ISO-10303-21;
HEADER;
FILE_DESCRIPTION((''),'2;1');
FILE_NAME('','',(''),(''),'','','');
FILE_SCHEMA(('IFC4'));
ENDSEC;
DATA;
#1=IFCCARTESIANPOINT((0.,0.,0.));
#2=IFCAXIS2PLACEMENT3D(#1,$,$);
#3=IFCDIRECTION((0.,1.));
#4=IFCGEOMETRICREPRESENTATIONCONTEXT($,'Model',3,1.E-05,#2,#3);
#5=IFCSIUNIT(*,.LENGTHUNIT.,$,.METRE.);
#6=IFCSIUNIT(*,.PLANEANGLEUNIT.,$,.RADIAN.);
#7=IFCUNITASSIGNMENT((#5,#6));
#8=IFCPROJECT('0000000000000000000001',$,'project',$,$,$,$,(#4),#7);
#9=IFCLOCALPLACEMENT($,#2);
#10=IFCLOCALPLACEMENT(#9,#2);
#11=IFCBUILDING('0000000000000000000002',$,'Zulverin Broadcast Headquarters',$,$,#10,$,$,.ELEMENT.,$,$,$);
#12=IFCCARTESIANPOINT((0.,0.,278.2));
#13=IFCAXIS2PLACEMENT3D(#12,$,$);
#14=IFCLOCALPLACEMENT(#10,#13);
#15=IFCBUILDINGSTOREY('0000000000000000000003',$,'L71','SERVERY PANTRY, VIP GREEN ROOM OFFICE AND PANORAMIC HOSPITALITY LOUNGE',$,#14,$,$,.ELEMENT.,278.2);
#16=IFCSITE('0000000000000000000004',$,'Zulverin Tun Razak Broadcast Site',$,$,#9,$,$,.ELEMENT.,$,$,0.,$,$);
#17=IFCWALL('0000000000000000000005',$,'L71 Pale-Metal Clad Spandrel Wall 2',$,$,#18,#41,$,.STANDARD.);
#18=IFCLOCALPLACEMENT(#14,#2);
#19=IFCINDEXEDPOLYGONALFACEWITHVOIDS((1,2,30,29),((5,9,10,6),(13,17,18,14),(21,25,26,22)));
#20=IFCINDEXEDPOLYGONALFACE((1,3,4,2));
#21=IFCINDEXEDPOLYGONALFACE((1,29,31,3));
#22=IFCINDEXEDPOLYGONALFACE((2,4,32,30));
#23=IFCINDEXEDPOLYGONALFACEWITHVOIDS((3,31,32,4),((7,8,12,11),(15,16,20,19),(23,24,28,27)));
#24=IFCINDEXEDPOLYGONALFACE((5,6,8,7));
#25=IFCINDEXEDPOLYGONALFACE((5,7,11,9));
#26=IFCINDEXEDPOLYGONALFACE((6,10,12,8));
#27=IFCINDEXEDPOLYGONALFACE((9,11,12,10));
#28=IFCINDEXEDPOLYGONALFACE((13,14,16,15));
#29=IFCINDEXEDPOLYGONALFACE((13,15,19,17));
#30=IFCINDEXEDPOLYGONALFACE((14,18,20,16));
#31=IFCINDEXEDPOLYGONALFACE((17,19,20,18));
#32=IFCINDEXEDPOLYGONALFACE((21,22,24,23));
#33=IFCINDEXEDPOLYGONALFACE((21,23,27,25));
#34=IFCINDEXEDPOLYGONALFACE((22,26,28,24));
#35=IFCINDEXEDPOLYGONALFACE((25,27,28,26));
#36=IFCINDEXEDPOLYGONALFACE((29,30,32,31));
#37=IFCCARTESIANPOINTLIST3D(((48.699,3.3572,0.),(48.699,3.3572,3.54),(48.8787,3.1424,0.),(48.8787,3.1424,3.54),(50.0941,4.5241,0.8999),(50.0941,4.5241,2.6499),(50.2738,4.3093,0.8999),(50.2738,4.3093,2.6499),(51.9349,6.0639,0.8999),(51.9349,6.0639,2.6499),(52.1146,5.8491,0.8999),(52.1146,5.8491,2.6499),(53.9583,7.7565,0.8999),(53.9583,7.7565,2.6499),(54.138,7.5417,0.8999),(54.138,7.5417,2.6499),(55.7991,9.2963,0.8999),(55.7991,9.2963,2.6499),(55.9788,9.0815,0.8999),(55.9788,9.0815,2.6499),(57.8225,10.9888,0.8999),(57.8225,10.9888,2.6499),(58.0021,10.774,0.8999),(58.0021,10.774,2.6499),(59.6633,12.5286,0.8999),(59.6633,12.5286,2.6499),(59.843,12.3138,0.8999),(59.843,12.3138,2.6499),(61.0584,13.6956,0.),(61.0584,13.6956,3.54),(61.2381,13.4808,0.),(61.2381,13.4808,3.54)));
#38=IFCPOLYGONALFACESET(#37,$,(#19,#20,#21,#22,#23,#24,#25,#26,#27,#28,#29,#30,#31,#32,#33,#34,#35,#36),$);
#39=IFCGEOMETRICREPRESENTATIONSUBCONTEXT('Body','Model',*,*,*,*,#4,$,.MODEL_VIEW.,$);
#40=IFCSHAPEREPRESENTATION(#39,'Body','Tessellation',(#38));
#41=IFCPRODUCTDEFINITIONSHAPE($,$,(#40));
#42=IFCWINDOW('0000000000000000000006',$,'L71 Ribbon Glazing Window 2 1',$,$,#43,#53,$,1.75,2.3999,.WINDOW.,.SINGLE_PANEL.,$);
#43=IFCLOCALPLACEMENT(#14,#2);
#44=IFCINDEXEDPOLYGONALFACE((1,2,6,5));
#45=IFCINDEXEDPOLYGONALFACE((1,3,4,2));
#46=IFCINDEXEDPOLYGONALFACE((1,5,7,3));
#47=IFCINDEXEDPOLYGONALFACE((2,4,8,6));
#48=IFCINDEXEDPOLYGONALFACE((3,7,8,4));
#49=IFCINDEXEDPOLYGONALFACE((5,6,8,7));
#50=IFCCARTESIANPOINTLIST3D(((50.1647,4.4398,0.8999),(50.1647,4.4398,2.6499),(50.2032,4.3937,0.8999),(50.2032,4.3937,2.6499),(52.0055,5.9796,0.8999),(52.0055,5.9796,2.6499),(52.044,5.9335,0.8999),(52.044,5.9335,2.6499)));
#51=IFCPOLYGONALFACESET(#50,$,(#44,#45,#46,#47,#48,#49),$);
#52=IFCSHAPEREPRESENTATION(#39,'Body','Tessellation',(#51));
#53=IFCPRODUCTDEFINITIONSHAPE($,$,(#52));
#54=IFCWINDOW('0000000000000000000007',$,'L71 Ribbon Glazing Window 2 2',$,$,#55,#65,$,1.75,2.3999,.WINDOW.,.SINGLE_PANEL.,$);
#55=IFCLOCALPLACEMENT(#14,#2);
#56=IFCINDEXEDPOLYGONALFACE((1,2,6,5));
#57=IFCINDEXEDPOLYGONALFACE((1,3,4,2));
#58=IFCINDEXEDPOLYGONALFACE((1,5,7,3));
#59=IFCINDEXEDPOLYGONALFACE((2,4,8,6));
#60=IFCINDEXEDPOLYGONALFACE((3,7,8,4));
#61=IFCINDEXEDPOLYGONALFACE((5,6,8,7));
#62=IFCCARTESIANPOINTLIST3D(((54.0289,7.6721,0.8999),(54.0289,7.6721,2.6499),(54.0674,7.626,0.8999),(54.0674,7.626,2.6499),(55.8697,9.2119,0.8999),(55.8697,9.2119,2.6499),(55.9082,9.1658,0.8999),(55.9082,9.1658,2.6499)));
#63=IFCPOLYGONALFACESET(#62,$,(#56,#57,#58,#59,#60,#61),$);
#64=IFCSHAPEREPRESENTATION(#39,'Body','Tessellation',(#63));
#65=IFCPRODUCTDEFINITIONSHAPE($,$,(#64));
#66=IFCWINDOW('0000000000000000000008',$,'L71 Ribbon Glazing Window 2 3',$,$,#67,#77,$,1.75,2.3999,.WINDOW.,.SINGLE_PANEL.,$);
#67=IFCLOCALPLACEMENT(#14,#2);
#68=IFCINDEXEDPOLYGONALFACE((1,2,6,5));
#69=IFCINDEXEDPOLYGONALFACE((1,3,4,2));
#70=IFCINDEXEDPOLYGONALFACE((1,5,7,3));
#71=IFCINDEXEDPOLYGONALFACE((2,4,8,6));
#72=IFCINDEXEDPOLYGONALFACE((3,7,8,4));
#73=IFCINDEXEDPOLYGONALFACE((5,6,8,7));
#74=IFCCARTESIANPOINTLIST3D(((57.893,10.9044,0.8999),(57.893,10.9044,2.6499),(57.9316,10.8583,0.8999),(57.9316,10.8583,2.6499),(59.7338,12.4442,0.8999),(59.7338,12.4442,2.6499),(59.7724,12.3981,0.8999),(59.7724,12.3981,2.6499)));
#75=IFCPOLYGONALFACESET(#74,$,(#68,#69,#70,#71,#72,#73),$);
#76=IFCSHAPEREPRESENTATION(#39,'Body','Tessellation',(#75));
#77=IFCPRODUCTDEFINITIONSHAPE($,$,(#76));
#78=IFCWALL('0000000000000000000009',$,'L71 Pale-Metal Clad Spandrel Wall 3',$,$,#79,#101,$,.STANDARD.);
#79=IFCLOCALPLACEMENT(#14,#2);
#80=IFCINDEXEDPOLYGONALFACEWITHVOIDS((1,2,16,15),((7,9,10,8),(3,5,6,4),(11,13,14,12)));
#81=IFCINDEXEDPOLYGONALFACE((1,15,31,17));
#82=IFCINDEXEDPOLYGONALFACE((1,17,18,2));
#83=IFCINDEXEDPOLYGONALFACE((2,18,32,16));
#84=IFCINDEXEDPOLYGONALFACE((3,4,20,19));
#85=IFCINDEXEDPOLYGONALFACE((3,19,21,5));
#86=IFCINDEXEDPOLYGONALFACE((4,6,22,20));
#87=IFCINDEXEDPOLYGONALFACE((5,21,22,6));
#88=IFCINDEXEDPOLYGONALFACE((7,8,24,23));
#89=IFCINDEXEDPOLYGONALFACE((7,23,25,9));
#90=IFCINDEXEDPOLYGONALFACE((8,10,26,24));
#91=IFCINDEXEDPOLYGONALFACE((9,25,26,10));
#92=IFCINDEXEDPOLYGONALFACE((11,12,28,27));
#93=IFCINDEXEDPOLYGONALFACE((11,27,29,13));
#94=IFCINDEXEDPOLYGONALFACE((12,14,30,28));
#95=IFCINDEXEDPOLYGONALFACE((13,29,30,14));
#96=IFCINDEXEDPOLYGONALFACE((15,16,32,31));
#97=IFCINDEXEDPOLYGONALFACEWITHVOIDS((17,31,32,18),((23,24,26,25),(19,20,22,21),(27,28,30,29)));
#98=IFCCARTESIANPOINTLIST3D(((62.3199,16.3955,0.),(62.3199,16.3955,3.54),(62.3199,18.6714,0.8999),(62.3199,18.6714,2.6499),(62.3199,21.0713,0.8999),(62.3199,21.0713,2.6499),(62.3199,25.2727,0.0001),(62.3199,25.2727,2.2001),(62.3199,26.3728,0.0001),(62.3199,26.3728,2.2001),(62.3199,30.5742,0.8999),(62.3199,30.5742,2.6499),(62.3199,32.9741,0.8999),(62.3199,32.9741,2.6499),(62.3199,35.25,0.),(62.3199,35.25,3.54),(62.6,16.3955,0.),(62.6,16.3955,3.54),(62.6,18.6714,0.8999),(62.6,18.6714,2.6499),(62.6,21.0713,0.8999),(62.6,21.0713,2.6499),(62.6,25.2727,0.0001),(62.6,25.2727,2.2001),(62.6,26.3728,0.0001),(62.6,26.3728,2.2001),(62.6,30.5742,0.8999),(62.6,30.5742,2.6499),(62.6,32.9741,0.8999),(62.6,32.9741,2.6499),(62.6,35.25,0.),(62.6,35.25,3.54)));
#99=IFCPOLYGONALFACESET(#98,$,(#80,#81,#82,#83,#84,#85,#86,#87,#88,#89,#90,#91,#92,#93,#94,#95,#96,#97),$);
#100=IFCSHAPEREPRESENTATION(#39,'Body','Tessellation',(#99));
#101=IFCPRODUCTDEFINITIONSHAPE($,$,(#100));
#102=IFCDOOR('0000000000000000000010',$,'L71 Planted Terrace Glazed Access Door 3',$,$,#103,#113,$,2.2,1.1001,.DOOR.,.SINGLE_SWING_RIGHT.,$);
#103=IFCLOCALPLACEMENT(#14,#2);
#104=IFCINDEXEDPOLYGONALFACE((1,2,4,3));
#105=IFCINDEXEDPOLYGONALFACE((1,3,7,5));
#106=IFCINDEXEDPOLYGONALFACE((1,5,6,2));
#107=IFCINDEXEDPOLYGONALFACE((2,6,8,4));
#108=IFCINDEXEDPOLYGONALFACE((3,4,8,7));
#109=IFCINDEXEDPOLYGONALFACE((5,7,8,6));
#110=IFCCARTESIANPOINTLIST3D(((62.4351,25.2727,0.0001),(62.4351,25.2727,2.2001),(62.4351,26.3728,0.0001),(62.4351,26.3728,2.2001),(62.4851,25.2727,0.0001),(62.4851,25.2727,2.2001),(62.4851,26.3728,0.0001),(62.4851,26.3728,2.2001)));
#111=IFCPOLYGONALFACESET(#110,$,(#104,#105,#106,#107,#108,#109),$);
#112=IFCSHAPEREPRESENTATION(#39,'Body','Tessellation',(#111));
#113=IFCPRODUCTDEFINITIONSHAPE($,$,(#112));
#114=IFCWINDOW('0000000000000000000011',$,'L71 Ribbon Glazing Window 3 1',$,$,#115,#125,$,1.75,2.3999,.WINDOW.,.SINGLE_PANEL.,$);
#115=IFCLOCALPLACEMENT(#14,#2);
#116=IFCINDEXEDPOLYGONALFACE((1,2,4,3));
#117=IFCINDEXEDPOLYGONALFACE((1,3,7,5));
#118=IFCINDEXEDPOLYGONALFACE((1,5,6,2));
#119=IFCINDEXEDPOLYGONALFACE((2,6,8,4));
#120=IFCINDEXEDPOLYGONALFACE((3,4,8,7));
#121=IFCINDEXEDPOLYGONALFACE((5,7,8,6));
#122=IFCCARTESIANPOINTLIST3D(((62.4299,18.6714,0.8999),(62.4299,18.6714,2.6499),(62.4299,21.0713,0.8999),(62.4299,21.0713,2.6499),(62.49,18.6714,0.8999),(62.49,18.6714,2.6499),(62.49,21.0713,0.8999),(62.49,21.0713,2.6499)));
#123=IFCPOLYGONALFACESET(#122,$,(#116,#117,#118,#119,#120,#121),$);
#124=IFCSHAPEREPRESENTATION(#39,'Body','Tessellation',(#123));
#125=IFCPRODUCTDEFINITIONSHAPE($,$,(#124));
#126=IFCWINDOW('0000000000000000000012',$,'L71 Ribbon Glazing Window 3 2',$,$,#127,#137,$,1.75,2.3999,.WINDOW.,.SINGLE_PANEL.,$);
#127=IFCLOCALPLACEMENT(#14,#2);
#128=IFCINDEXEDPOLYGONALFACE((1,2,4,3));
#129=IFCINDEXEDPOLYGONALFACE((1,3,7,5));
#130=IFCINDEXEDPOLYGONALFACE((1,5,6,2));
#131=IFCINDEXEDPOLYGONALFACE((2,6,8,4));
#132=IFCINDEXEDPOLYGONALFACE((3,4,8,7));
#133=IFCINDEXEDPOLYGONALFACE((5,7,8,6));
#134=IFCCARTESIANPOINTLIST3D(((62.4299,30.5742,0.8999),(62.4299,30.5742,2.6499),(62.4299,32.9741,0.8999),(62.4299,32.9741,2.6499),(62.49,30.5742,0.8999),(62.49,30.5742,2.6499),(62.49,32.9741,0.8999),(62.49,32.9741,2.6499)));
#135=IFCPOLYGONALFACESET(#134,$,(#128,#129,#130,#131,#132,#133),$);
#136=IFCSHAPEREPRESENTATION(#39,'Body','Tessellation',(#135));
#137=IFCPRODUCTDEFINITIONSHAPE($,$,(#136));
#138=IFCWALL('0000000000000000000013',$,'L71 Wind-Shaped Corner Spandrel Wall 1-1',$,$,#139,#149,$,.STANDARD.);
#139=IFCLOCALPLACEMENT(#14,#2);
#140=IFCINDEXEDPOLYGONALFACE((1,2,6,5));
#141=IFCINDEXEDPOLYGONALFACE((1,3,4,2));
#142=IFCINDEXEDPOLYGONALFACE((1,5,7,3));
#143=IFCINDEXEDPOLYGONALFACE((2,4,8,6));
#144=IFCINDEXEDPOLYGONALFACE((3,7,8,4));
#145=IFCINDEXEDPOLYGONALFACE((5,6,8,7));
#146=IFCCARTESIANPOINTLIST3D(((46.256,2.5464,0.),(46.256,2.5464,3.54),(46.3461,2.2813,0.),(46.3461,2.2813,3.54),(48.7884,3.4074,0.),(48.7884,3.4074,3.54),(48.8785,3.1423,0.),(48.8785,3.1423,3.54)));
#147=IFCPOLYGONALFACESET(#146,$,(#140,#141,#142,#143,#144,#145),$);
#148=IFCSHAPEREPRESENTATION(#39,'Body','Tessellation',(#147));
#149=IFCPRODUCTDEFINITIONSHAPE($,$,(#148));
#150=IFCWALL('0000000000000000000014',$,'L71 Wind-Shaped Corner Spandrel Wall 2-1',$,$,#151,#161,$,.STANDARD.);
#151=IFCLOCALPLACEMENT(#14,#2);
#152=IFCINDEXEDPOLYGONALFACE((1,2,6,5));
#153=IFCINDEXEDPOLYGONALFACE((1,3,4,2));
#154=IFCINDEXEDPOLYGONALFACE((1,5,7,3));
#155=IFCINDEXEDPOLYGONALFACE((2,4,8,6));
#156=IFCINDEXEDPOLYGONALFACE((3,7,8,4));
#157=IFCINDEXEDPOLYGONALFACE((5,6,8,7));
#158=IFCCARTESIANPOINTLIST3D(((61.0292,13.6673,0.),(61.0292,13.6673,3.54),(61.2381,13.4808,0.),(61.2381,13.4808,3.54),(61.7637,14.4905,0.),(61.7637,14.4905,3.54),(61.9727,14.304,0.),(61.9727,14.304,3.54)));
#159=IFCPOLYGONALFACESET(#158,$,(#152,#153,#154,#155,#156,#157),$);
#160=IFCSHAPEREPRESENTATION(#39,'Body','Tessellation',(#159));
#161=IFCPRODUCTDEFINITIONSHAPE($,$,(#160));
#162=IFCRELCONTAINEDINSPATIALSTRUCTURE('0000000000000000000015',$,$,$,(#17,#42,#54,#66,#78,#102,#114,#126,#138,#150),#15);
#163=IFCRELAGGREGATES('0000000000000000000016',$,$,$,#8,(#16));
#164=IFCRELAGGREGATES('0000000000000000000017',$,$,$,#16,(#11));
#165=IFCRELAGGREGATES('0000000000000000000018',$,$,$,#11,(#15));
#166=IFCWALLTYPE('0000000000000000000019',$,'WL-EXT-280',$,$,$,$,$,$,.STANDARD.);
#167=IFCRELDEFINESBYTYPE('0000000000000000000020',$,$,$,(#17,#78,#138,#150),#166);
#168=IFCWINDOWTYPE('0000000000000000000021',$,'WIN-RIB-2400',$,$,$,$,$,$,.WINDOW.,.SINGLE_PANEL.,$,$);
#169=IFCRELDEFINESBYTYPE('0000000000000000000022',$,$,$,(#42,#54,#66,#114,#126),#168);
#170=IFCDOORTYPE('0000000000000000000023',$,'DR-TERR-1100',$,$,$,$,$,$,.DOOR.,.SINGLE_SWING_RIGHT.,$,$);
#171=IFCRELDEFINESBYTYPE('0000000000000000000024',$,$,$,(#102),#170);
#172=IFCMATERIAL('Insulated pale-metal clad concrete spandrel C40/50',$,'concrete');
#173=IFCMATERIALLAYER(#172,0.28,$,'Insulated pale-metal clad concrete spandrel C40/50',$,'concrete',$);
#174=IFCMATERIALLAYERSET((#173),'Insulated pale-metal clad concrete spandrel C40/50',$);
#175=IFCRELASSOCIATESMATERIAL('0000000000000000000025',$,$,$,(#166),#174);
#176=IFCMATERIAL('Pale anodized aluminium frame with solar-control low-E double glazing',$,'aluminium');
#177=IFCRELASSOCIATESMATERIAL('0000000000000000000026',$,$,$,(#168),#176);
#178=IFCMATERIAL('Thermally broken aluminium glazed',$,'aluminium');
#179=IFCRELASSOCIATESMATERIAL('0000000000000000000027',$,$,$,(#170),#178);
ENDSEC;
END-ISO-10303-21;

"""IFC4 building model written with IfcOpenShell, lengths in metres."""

from ifc_helpers import new_model, si_unit, direction, frame, frame_2d, origin, place, context, subcontext, project, spatial, rectangle, extrude, material, layer, layer_set, type_object, element, fill, save


model = new_model("IFC4")

# Units and contexts
model_context = context("Model", 3, precision=1e-05, world=origin(), true_north=direction((0.0, 1.0)))
body_context = subcontext(model_context, "Body", "Model", "MODEL_VIEW")
ifc_project = project(units=[si_unit("LENGTHUNIT", "METRE"), si_unit("PLANEANGLEUNIT", "RADIAN")], contexts=[model_context])

# Site, building, storey
site_placement = place(None, origin())
site = spatial("IfcSite", under=ifc_project, at=site_placement, Name="Zulverin Tun Razak Broadcast Site", CompositionType="ELEMENT", RefElevation=0.0)
building_placement = place(site_placement, origin())
building = spatial("IfcBuilding", under=site, at=building_placement, Name="Zulverin Broadcast Headquarters", CompositionType="ELEMENT")
storey_placement = place(building_placement, frame((0.0, 0.0, 278.2)))
storey = spatial("IfcBuildingStorey", under=building, at=storey_placement, Name="L71", Description="SERVERY PANTRY, VIP GREEN ROOM OFFICE AND PANORAMIC HOSPITALITY LOUNGE", CompositionType="ELEMENT", Elevation=278.2)

# Wall, openings, windows
ifc_material_1 = material(Name="Insulated pale-metal clad concrete spandrel C40/50", Category="concrete")
ifc_layer_1 = layer(ifc_material_1, 0.28, Name="Insulated pale-metal clad concrete spandrel C40/50", Category="concrete")
ifc_layer_set_1 = layer_set([ifc_layer_1], Name="Insulated pale-metal clad concrete spandrel C40/50")
wall_type_1 = type_object("IfcWallType", Name="WL-EXT-280", PredefinedType="STANDARD", material=ifc_layer_set_1)
wall_1_placement = place(storey_placement, frame((48.7888, 3.2498, 0.0), z_axis=(0.0, 0.0, 1.0), x_axis=(0.767033, 0.641608, 0.0)))
wall_1 = element("IfcWall", 1, at=wall_1_placement, inside=storey, type_object=wall_type_1, Name="L71 Pale-Metal Clad Spandrel Wall 2", PredefinedType="STANDARD", context=body_context, shape_type="SweptSolid", body=[
    extrude(rectangle(XDim=16.1133, YDim=0.28, at=frame_2d((8.0566, 0.0))), origin(), (0.0, 0.0, 1.0), 3.54),
])
opening_1_placement = place(wall_1_placement, frame((1.8188, 0.0, 0.8999)))
opening_1 = element("IfcOpeningElement", 2, at=opening_1_placement, cuts=wall_1, PredefinedType="OPENING", context=body_context, shape_type="SweptSolid", body=[
    extrude(rectangle(XDim=2.3999, YDim=1.75, at=frame_2d((1.2, 0.875))), frame((0.0, 0.1499, 0.0), z_axis=(0.0, -1.0, 0.0), x_axis=(1.0, 0.0, 0.0)), (0.0, 0.0, 1.0), 0.3),
])
opening_2_placement = place(wall_1_placement, frame((6.8567, 0.0, 0.8999)))
opening_2 = element("IfcOpeningElement", 3, at=opening_2_placement, cuts=wall_1, PredefinedType="OPENING", context=body_context, shape_type="SweptSolid", body=[
    extrude(rectangle(XDim=2.3999, YDim=1.75, at=frame_2d((1.2, 0.875))), frame((0.0, 0.1499, 0.0), z_axis=(0.0, -1.0, 0.0), x_axis=(1.0, 0.0, 0.0)), (0.0, 0.0, 1.0), 0.3),
])
opening_3_placement = place(wall_1_placement, frame((11.8945, 0.0, 0.8999)))
opening_3 = element("IfcOpeningElement", 4, at=opening_3_placement, cuts=wall_1, PredefinedType="OPENING", context=body_context, shape_type="SweptSolid", body=[
    extrude(rectangle(XDim=2.3999, YDim=1.75, at=frame_2d((1.2, 0.875))), frame((0.0, 0.1499, 0.0), z_axis=(0.0, -1.0, 0.0), x_axis=(1.0, 0.0, 0.0)), (0.0, 0.0, 1.0), 0.3),
])
ifc_material_2 = material(Name="Pale anodized aluminium frame with solar-control low-E double glazing", Category="aluminium")
window_type = type_object("IfcWindowType", Name="WIN-RIB-2400", PartitioningType="SINGLE_PANEL", PredefinedType="WINDOW", material=ifc_material_2)
window_1_placement = place(opening_1_placement, origin())
window_1 = element("IfcWindow", 5, at=window_1_placement, inside=storey, type_object=window_type, Name="L71 Ribbon Glazing Window 2 1", OverallHeight=1.75, OverallWidth=2.3999, PartitioningType="SINGLE_PANEL", PredefinedType="WINDOW", context=body_context, shape_type="SweptSolid", body=[
    extrude(rectangle(XDim=2.3999, YDim=1.75, at=frame_2d((1.2, 0.875))), frame((0.0, 0.03, 0.0), z_axis=(0.0, -1.0, 0.0), x_axis=(1.0, 0.0, 0.0)), (0.0, 0.0, 1.0), 0.0601),
])
fill(opening_1, window_1)
window_2_placement = place(opening_2_placement, origin())
window_2 = element("IfcWindow", 6, at=window_2_placement, inside=storey, type_object=window_type, Name="L71 Ribbon Glazing Window 2 2", OverallHeight=1.75, OverallWidth=2.3999, PartitioningType="SINGLE_PANEL", PredefinedType="WINDOW", context=body_context, shape_type="SweptSolid", body=[
    extrude(rectangle(XDim=2.3999, YDim=1.75, at=frame_2d((1.2, 0.875))), frame((0.0, 0.03, 0.0), z_axis=(0.0, -1.0, 0.0), x_axis=(1.0, 0.0, 0.0)), (0.0, 0.0, 1.0), 0.0601),
])
fill(opening_2, window_2)
window_3_placement = place(opening_3_placement, origin())
window_3 = element("IfcWindow", 7, at=window_3_placement, inside=storey, type_object=window_type, Name="L71 Ribbon Glazing Window 2 3", OverallHeight=1.75, OverallWidth=2.3999, PartitioningType="SINGLE_PANEL", PredefinedType="WINDOW", context=body_context, shape_type="SweptSolid", body=[
    extrude(rectangle(XDim=2.3999, YDim=1.75, at=frame_2d((1.2, 0.875))), frame((0.0, 0.03, 0.0), z_axis=(0.0, -1.0, 0.0), x_axis=(1.0, 0.0, 0.0)), (0.0, 0.0, 1.0), 0.0601),
])
fill(opening_3, window_3)

# Wall, openings, door, windows
wall_2_placement = place(storey_placement, frame((62.46, 16.3955, 0.0), z_axis=(0.0, 0.0, 1.0), x_axis=(0.0, 1.0, 0.0)))
wall_2 = element("IfcWall", 8, at=wall_2_placement, inside=storey, type_object=wall_type_1, Name="L71 Pale-Metal Clad Spandrel Wall 3", PredefinedType="STANDARD", context=body_context, shape_type="SweptSolid", body=[
    extrude(rectangle(XDim=18.8545, YDim=0.28, at=frame_2d((9.4272, 0.0))), origin(), (0.0, 0.0, 1.0), 3.54),
])
opening_4_placement = place(wall_2_placement, frame((8.8772, 0.0, 0.0)))
opening_4 = element("IfcOpeningElement", 9, at=opening_4_placement, cuts=wall_2, PredefinedType="OPENING", context=body_context, shape_type="SweptSolid", body=[
    extrude(rectangle(XDim=1.1001, YDim=2.2, at=frame_2d((0.55, 1.1001))), frame((0.0, 0.1499, 0.0), z_axis=(0.0, -1.0, 0.0), x_axis=(1.0, 0.0, 0.0)), (0.0, 0.0, 1.0), 0.3),
])
opening_5_placement = place(wall_2_placement, frame((2.2759, 0.0, 0.8999)))
opening_5 = element("IfcOpeningElement", 10, at=opening_5_placement, cuts=wall_2, PredefinedType="OPENING", context=body_context, shape_type="SweptSolid", body=[
    extrude(rectangle(XDim=2.3999, YDim=1.75, at=frame_2d((1.2, 0.875))), frame((0.0, 0.1499, 0.0), z_axis=(0.0, -1.0, 0.0), x_axis=(1.0, 0.0, 0.0)), (0.0, 0.0, 1.0), 0.3),
])
opening_6_placement = place(wall_2_placement, frame((14.1787, 0.0, 0.8999)))
opening_6 = element("IfcOpeningElement", 11, at=opening_6_placement, cuts=wall_2, PredefinedType="OPENING", context=body_context, shape_type="SweptSolid", body=[
    extrude(rectangle(XDim=2.3999, YDim=1.75, at=frame_2d((1.2, 0.875))), frame((0.0, 0.1499, 0.0), z_axis=(0.0, -1.0, 0.0), x_axis=(1.0, 0.0, 0.0)), (0.0, 0.0, 1.0), 0.3),
])
ifc_material_3 = material(Name="Thermally broken aluminium glazed", Category="aluminium")
door_type = type_object("IfcDoorType", Name="DR-TERR-1100", OperationType="SINGLE_SWING_RIGHT", PredefinedType="DOOR", material=ifc_material_3)
door_placement = place(opening_4_placement, origin())
door = element("IfcDoor", 12, at=door_placement, inside=storey, type_object=door_type, Name="L71 Planted Terrace Glazed Access Door 3", OperationType="SINGLE_SWING_RIGHT", OverallHeight=2.2, OverallWidth=1.1001, PredefinedType="DOOR", context=body_context, shape_type="SweptSolid", body=[
    extrude(rectangle(XDim=1.1001, YDim=2.2, at=frame_2d((0.55, 1.1001))), frame((0.0, 0.0249, 0.0), z_axis=(0.0, -1.0, 0.0), x_axis=(1.0, 0.0, 0.0)), (0.0, 0.0, 1.0), 0.05),
])
fill(opening_4, door)
window_4_placement = place(opening_5_placement, origin())
window_4 = element("IfcWindow", 13, at=window_4_placement, inside=storey, type_object=window_type, Name="L71 Ribbon Glazing Window 3 1", OverallHeight=1.75, OverallWidth=2.3999, PartitioningType="SINGLE_PANEL", PredefinedType="WINDOW", context=body_context, shape_type="SweptSolid", body=[
    extrude(rectangle(XDim=2.3999, YDim=1.75, at=frame_2d((1.2, 0.875))), frame((0.0, 0.03, 0.0), z_axis=(0.0, -1.0, 0.0), x_axis=(1.0, 0.0, 0.0)), (0.0, 0.0, 1.0), 0.0601),
])
fill(opening_5, window_4)
window_5_placement = place(opening_6_placement, origin())
window_5 = element("IfcWindow", 14, at=window_5_placement, inside=storey, type_object=window_type, Name="L71 Ribbon Glazing Window 3 2", OverallHeight=1.75, OverallWidth=2.3999, PartitioningType="SINGLE_PANEL", PredefinedType="WINDOW", context=body_context, shape_type="SweptSolid", body=[
    extrude(rectangle(XDim=2.3999, YDim=1.75, at=frame_2d((1.2, 0.875))), frame((0.0, 0.03, 0.0), z_axis=(0.0, -1.0, 0.0), x_axis=(1.0, 0.0, 0.0)), (0.0, 0.0, 1.0), 0.0601),
])
fill(opening_6, window_5)

# Walls
wall_3_placement = place(storey_placement, frame((46.301, 2.4138, 0.0), z_axis=(0.0, 0.0, 1.0), x_axis=(0.946768, 0.321917, 0.0)))
element("IfcWall", 15, at=wall_3_placement, inside=storey, type_object=wall_type_1, Name="L71 Wind-Shaped Corner Spandrel Wall 1-1", PredefinedType="STANDARD", context=body_context, shape_type="SweptSolid", body=[
    extrude(rectangle(XDim=2.6748, YDim=0.28, at=frame_2d((1.3374, 0.0))), origin(), (0.0, 0.0, 1.0), 3.54),
])
wall_4_placement = place(storey_placement, frame((61.1335, 13.574, 0.0), z_axis=(0.0, 0.0, 1.0), x_axis=(0.665805, 0.746126, 0.0)))
element("IfcWall", 16, at=wall_4_placement, inside=storey, type_object=wall_type_1, Name="L71 Wind-Shaped Corner Spandrel Wall 2-1", PredefinedType="STANDARD", context=body_context, shape_type="SweptSolid", body=[
    extrude(rectangle(XDim=1.1033, YDim=0.28, at=frame_2d((0.5518, 0.0))), origin(), (0.0, 0.0, 1.0), 3.54),
])

save(model, "model.ifc")
